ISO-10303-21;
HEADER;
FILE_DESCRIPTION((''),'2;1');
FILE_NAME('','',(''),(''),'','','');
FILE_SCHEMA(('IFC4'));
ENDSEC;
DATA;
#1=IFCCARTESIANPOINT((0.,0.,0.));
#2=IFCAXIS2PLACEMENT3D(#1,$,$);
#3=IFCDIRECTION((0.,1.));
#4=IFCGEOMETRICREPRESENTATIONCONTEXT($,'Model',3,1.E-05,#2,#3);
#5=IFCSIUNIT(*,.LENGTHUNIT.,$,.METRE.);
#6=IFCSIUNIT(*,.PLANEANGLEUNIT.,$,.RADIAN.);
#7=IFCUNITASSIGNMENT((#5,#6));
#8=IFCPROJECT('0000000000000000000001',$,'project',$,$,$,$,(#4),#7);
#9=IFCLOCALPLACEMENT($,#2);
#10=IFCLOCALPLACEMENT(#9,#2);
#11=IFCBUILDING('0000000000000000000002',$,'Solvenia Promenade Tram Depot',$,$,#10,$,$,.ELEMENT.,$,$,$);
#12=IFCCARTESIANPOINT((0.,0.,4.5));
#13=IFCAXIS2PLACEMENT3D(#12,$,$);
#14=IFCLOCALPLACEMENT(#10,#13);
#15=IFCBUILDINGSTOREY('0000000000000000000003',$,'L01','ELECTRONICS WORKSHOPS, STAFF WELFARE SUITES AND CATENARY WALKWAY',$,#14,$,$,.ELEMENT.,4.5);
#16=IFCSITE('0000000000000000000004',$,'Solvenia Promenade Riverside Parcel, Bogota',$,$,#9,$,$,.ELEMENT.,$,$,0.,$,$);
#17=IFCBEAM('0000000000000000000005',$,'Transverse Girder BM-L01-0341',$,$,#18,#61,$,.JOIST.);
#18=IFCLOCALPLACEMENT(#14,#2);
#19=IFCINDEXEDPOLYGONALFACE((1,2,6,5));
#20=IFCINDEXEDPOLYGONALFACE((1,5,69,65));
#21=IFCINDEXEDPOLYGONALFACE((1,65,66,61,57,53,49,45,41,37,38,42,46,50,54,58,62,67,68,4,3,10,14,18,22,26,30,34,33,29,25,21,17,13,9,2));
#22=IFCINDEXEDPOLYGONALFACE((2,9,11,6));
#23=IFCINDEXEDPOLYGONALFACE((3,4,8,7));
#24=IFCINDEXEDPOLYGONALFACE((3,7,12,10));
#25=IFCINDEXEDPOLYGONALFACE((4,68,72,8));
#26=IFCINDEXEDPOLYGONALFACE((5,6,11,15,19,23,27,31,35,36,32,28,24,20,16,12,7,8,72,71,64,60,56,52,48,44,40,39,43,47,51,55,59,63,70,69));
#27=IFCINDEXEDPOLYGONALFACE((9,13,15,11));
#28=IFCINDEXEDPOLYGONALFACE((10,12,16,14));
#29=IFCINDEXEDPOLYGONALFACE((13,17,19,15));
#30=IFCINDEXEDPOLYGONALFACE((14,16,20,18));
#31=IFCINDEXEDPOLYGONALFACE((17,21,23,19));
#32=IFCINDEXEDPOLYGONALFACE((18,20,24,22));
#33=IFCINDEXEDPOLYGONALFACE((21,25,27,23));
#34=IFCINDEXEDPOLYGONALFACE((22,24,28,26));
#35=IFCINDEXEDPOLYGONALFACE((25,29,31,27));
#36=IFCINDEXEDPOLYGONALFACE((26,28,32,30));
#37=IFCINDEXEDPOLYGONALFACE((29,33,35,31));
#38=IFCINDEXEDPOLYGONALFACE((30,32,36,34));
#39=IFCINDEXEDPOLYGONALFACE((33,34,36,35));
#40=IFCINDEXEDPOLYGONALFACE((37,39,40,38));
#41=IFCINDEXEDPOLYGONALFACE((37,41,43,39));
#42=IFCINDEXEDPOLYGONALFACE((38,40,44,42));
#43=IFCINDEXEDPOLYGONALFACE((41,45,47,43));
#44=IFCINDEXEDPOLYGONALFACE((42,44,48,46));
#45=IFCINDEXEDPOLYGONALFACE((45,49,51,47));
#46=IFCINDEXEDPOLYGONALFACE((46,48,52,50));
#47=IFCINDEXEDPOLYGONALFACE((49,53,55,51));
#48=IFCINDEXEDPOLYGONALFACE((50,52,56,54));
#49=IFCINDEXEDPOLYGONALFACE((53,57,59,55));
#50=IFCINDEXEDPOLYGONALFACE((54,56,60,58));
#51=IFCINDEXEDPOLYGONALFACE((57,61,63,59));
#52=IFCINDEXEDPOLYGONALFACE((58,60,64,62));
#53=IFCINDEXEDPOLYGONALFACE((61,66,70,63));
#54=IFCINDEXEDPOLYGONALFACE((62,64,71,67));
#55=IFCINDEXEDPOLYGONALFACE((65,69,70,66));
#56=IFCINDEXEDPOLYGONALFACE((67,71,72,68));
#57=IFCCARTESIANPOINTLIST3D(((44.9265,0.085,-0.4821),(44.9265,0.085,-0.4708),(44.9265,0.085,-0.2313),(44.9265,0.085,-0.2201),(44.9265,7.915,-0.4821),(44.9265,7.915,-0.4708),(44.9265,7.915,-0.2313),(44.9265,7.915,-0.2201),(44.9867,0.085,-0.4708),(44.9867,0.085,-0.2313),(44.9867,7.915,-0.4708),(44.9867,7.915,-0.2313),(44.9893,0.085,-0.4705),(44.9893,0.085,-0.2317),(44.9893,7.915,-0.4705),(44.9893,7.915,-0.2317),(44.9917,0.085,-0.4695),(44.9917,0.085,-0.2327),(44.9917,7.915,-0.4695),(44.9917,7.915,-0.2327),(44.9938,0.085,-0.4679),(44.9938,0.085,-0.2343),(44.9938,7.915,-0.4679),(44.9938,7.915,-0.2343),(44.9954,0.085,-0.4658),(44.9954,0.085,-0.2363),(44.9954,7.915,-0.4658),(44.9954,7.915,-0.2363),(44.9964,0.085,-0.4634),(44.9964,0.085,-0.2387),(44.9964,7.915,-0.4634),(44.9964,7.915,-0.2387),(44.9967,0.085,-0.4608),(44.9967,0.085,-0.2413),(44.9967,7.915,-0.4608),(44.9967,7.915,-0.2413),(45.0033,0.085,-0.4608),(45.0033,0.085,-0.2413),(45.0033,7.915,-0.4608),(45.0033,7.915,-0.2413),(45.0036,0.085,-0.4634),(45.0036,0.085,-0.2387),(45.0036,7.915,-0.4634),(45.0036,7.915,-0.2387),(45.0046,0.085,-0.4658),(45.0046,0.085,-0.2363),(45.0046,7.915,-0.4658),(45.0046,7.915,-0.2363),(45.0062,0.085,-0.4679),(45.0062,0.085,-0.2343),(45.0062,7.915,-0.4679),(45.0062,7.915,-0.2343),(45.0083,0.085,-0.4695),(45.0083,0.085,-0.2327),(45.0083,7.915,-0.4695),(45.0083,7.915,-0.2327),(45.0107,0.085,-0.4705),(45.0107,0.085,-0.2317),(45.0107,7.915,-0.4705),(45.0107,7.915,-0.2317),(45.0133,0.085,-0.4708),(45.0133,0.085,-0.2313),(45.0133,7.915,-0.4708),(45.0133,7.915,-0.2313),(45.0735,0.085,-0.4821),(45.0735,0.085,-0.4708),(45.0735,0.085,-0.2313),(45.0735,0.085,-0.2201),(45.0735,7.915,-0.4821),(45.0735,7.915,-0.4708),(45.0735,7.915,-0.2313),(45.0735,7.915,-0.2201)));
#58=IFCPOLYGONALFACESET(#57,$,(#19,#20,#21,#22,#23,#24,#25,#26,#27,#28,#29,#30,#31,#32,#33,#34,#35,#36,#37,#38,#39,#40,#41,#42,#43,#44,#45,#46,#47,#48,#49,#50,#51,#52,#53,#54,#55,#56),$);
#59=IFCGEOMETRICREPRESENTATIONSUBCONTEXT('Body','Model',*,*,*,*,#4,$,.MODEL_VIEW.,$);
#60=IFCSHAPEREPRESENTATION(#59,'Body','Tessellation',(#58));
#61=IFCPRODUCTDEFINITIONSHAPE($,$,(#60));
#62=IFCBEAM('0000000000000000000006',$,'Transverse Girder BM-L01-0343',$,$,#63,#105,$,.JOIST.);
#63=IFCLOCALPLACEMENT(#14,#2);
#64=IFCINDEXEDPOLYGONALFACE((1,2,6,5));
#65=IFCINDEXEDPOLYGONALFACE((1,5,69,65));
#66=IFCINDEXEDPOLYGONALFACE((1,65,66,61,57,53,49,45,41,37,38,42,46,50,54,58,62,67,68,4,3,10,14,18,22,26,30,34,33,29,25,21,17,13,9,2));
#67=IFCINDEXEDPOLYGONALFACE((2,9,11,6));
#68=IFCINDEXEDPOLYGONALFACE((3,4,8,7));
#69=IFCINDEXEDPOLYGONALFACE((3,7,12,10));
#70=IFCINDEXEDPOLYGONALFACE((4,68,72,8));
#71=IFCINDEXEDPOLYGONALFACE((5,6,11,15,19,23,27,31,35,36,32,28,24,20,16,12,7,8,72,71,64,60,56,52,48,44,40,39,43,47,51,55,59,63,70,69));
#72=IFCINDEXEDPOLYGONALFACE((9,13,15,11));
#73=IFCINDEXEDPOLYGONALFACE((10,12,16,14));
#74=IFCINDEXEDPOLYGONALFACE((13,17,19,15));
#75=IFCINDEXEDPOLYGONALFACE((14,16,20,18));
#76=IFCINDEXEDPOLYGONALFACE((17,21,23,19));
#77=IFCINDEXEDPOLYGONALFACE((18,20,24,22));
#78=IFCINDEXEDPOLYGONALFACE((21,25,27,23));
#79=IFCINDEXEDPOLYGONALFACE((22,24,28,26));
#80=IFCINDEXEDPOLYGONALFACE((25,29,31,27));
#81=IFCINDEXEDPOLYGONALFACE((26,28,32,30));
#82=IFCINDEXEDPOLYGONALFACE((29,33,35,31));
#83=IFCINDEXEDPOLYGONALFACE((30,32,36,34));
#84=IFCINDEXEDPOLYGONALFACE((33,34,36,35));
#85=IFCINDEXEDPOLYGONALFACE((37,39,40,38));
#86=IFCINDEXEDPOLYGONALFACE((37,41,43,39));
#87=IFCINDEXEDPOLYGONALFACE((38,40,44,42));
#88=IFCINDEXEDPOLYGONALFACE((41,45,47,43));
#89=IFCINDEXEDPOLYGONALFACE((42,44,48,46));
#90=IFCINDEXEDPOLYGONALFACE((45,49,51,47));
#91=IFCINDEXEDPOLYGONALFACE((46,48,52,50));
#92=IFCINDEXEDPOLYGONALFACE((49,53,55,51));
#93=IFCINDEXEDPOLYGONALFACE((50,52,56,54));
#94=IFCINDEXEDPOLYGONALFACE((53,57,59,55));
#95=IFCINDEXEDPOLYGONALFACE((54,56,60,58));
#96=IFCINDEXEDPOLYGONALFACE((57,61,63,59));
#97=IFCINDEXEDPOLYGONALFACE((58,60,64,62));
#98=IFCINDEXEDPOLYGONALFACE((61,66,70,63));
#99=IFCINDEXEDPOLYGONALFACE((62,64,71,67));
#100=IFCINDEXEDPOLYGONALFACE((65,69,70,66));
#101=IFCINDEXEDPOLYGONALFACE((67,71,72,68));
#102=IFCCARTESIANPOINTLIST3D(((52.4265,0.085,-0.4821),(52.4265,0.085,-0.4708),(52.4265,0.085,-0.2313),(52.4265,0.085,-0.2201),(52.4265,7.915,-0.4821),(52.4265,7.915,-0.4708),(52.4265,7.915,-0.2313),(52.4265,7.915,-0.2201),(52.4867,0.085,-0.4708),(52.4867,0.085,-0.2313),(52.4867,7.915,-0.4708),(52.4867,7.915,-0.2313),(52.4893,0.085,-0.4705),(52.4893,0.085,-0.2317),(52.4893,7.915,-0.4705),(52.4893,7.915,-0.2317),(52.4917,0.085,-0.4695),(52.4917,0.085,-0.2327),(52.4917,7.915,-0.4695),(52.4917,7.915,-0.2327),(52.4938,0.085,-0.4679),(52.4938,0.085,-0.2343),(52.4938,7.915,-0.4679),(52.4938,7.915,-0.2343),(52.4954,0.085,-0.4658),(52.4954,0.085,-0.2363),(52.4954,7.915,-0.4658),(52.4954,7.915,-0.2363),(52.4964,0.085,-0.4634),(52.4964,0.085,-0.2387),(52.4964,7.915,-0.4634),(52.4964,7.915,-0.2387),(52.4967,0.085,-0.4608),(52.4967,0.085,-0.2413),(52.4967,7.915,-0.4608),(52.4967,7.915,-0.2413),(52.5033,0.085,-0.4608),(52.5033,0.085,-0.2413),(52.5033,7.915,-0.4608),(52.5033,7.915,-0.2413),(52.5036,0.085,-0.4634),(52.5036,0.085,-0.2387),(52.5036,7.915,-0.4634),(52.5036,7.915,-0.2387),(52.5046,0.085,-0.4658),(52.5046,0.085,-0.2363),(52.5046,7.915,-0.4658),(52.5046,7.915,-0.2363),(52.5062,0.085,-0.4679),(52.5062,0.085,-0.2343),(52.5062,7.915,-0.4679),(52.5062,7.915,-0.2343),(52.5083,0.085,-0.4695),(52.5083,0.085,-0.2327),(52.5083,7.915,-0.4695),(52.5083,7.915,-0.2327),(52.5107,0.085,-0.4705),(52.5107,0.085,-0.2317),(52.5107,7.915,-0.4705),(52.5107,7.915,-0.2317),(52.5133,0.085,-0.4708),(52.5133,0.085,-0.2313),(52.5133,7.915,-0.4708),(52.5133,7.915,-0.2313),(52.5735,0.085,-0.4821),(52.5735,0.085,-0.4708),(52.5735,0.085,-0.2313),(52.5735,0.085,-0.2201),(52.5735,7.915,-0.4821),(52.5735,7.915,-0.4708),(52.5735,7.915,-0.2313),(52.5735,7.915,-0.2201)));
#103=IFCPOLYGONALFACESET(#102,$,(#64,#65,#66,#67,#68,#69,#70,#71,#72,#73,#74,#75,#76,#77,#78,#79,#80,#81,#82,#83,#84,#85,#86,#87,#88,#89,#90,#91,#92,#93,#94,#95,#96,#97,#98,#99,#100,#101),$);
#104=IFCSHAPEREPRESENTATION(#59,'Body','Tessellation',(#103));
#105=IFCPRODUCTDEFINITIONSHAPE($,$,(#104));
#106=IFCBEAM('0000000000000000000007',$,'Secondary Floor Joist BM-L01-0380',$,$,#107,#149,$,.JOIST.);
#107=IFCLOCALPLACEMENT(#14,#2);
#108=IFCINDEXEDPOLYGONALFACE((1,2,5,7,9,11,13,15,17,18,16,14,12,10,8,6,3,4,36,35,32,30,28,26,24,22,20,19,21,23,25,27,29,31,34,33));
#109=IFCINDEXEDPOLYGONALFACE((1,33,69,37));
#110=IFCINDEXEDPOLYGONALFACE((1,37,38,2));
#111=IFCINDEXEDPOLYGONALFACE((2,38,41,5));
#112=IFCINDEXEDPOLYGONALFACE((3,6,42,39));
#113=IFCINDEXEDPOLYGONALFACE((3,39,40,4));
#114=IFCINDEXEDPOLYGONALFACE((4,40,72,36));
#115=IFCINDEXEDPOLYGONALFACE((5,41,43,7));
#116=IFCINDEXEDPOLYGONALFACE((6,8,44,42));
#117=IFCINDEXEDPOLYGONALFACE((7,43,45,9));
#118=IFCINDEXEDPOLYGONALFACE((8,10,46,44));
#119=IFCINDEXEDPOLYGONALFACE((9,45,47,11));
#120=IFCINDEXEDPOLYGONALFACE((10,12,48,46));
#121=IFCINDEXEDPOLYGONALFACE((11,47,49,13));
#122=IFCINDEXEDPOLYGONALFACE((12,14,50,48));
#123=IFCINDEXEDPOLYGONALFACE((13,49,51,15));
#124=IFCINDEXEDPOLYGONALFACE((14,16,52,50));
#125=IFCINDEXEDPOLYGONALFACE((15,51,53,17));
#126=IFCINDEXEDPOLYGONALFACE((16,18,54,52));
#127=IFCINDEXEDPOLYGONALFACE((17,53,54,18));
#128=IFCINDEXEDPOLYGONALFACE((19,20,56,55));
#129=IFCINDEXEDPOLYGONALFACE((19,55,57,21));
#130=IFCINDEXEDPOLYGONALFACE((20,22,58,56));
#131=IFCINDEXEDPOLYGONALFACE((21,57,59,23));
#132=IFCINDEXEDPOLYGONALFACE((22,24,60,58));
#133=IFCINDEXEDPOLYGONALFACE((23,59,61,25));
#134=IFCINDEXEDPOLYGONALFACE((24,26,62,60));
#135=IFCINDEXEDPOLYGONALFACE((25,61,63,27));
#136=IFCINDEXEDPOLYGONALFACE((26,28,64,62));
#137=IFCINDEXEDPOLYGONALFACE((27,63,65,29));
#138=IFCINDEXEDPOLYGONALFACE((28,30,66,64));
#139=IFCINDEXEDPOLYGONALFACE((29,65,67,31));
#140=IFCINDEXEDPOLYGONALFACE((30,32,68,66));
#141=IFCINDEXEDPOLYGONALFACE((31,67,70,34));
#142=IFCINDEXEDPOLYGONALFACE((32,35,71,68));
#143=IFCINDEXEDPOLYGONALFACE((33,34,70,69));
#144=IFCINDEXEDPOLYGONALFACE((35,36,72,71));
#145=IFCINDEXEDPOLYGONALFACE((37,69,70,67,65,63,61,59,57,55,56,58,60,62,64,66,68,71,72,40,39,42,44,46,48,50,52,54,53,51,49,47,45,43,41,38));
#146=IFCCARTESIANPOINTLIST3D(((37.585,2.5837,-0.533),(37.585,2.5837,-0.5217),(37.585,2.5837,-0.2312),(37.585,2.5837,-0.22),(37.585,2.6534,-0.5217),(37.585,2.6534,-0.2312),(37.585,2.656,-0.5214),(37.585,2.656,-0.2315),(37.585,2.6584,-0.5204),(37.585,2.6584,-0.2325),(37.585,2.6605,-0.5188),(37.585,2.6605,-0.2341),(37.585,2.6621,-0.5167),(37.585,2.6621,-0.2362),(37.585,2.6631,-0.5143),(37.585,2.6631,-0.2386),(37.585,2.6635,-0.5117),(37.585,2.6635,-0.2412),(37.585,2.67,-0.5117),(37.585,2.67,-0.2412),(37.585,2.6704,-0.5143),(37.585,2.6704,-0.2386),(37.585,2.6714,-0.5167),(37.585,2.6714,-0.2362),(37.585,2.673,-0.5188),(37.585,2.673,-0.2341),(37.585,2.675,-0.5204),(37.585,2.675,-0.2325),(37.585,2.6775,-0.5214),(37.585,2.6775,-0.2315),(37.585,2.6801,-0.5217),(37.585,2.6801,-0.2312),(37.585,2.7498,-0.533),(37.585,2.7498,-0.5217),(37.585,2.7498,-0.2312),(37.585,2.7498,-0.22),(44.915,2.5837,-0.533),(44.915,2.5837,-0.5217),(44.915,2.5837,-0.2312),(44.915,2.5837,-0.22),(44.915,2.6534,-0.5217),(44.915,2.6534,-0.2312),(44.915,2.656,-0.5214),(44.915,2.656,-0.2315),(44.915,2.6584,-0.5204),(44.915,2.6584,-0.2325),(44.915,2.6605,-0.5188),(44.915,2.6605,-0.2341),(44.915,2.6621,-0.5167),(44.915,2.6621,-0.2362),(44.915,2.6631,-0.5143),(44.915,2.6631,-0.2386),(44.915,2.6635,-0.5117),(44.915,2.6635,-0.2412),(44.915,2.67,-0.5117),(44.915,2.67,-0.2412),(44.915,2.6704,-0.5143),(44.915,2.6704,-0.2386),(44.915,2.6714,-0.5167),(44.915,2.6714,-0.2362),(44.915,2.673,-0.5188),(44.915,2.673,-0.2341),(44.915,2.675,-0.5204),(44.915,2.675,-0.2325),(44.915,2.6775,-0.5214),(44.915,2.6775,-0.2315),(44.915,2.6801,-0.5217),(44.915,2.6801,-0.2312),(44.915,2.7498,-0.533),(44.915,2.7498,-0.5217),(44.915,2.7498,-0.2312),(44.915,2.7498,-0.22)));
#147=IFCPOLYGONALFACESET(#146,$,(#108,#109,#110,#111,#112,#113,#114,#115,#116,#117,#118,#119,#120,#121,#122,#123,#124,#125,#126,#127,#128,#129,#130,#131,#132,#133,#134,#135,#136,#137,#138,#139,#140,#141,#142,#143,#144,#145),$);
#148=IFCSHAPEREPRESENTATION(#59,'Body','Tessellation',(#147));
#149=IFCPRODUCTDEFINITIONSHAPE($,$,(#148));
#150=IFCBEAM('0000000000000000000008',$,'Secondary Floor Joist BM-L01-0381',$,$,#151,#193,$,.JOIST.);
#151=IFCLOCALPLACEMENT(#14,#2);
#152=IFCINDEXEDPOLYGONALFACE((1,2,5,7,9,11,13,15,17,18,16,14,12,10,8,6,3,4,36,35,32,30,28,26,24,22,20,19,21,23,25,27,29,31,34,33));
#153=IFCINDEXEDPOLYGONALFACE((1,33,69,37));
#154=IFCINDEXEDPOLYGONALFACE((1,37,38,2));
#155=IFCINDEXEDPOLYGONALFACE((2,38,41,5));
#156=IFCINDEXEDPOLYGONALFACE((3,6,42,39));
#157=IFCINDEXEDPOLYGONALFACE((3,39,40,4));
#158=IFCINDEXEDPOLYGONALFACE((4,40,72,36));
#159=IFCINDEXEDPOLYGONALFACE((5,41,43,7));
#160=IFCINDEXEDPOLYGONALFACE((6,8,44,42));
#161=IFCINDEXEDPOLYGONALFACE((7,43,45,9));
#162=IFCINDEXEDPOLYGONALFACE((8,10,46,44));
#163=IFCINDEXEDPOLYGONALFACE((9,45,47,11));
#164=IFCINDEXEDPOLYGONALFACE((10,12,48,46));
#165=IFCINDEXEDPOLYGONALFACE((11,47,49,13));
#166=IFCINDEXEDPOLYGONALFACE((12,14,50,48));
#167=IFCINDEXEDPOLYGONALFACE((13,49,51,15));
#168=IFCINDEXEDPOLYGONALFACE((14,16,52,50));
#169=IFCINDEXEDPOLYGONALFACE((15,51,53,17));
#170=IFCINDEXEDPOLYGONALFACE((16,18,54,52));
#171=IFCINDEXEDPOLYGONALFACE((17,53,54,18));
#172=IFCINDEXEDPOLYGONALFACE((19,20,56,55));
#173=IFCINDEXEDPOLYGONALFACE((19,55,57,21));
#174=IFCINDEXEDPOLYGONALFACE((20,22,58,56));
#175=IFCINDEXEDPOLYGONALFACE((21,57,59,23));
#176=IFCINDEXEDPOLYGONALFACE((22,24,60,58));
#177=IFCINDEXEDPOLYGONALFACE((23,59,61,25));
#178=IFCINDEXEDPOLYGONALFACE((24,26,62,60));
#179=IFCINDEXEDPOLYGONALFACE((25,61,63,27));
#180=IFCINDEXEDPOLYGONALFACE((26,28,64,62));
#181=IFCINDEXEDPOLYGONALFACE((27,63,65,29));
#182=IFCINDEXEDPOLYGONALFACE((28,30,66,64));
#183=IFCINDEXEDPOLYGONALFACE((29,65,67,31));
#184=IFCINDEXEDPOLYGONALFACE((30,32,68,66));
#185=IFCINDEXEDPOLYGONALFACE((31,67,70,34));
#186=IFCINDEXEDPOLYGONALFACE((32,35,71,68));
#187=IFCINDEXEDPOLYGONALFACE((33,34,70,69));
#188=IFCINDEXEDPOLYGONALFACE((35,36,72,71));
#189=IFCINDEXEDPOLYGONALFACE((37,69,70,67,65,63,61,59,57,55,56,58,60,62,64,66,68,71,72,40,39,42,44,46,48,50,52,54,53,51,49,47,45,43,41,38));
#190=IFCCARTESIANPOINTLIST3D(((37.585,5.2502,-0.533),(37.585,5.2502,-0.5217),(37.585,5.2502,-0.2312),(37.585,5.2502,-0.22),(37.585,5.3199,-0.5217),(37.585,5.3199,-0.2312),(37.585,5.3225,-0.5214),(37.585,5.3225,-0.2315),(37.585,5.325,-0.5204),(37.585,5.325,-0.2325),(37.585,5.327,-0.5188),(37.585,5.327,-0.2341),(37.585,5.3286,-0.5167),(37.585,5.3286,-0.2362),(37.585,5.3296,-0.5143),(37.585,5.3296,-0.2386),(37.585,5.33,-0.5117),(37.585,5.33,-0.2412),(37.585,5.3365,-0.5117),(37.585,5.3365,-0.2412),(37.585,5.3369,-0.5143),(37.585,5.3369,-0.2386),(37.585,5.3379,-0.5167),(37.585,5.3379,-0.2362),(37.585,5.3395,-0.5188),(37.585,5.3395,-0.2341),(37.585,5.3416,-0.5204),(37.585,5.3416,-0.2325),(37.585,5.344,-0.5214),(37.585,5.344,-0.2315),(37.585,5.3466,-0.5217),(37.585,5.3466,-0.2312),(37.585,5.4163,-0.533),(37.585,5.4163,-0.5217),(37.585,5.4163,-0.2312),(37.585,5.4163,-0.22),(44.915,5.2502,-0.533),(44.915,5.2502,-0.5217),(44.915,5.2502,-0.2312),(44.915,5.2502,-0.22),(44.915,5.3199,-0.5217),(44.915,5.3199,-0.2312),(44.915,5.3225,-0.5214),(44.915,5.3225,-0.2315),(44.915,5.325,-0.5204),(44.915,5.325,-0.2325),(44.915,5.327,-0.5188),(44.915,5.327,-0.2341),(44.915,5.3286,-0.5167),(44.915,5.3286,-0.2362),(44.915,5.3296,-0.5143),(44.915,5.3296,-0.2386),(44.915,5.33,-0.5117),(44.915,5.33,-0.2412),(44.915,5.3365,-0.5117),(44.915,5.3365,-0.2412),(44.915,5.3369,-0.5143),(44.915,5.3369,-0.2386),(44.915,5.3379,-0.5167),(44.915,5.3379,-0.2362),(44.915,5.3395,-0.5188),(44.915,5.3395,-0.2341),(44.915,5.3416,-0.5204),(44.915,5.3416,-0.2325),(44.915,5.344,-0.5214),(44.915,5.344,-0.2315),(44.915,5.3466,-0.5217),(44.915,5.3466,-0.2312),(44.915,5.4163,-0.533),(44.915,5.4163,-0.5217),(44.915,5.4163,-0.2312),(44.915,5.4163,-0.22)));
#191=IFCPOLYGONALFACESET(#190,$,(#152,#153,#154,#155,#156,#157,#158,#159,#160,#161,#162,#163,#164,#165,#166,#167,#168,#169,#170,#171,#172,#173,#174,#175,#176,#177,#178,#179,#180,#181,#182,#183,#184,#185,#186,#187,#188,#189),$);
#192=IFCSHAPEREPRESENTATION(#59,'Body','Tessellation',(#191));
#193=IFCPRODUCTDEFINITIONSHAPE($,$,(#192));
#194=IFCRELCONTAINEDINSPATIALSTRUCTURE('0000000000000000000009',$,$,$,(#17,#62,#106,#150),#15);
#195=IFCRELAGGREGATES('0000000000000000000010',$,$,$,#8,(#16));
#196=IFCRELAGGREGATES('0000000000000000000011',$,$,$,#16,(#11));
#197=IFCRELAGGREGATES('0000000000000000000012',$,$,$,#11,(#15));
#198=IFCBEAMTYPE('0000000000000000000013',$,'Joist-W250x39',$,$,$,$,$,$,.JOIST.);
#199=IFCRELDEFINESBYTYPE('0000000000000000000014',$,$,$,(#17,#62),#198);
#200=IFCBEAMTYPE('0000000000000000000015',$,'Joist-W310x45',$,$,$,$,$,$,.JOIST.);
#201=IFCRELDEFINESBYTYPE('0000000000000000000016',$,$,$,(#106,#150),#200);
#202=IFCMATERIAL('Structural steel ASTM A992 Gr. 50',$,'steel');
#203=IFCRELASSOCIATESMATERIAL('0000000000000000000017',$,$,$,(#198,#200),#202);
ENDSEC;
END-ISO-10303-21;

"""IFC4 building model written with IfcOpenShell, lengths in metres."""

from ifc_helpers import new_model, si_unit, direction, frame, origin, origin_2d, place, context, subcontext, project, spatial, i_section, extrude, material, material_profile, profile_set, type_object, element, save


model = new_model("IFC4")

# Units and contexts
model_context = context("Model", 3, precision=1e-05, world=origin(), true_north=direction((0.0, 1.0)))
body_context = subcontext(model_context, "Body", "Model", "MODEL_VIEW")
ifc_project = project(units=[si_unit("LENGTHUNIT", "METRE"), si_unit("PLANEANGLEUNIT", "RADIAN")], contexts=[model_context])

# Site, building, storey
site_placement = place(None, origin())
site = spatial("IfcSite", under=ifc_project, at=site_placement, Name="Solvenia Promenade Riverside Parcel, Bogota", CompositionType="ELEMENT", RefElevation=0.0)
building_placement = place(site_placement, origin())
building = spatial("IfcBuilding", under=site, at=building_placement, Name="Solvenia Promenade Tram Depot", CompositionType="ELEMENT")
storey_placement = place(building_placement, frame((0.0, 0.0, 4.5)))
storey = spatial("IfcBuildingStorey", under=building, at=storey_placement, Name="L01", Description="ELECTRONICS WORKSHOPS, STAFF WELFARE SUITES AND CATENARY WALKWAY", CompositionType="ELEMENT", Elevation=4.5)

# Beams
ifc_material_1 = material(Name="Structural steel ASTM A992 Gr. 50", Category="steel")
ifc_material_profile_1 = material_profile(ifc_material_1, i_section(OverallWidth=0.147, OverallDepth=0.262, WebThickness=0.0066, FlangeThickness=0.0112, FilletRadius=0.01, at=origin_2d()), Name="W250x39", Category="steel")
ifc_profile_set_1 = profile_set([ifc_material_profile_1], Name="Structural steel ASTM A992 Gr. 50")
beam_type_1 = type_object("IfcBeamType", Name="Joist-W250x39", PredefinedType="JOIST", material=ifc_profile_set_1)
for number, where, z_axis, x_axis, name in (
    (1, (45.0, 0.085, -0.3511), (0.0, 1.0, 0.0), (-1.0, 0.0, 0.0), "Transverse Girder BM-L01-0341"),
    (2, (52.5, 0.085, -0.3511), (0.0, 1.0, 0.0), (-1.0, 0.0, 0.0), "Transverse Girder BM-L01-0343"),
):
    element("IfcBeam", number, at=place(storey_placement, frame(where, z_axis=z_axis, x_axis=x_axis)), inside=storey, type_object=beam_type_1, Name=name, PredefinedType="JOIST", context=body_context, shape_type="SweptSolid", body=[
        extrude(i_section(OverallWidth=0.147, OverallDepth=0.262, WebThickness=0.0066, FlangeThickness=0.0112, FilletRadius=0.01, at=origin_2d()), origin(), (0.0, 0.0, 1.0), 7.8301),
    ])
ifc_material_profile_2 = material_profile(ifc_material_1, i_section(OverallWidth=0.166, OverallDepth=0.313, WebThickness=0.0066, FlangeThickness=0.0112, FilletRadius=0.01, at=origin_2d()), Name="W310x45", Category="steel")
ifc_profile_set_2 = profile_set([ifc_material_profile_2], Name="Structural steel ASTM A992 Gr. 50")
beam_type_2 = type_object("IfcBeamType", Name="Joist-W310x45", PredefinedType="JOIST", material=ifc_profile_set_2)
for number, where, z_axis, x_axis, name in (
    (3, (37.585, 2.6667, -0.3765), (1.0, 0.0, 0.0), (0.0, 1.0, 0.0), "Secondary Floor Joist BM-L01-0380"),
    (4, (37.585, 5.3333, -0.3765), (1.0, 0.0, 0.0), (0.0, 1.0, 0.0), "Secondary Floor Joist BM-L01-0381"),
):
    element("IfcBeam", number, at=place(storey_placement, frame(where, z_axis=z_axis, x_axis=x_axis)), inside=storey, type_object=beam_type_2, Name=name, PredefinedType="JOIST", context=body_context, shape_type="SweptSolid", body=[
        extrude(i_section(OverallWidth=0.166, OverallDepth=0.313, WebThickness=0.0066, FlangeThickness=0.0112, FilletRadius=0.01, at=origin_2d()), origin(), (0.0, 0.0, 1.0), 7.3301),
    ])

save(model, "model.ifc")
